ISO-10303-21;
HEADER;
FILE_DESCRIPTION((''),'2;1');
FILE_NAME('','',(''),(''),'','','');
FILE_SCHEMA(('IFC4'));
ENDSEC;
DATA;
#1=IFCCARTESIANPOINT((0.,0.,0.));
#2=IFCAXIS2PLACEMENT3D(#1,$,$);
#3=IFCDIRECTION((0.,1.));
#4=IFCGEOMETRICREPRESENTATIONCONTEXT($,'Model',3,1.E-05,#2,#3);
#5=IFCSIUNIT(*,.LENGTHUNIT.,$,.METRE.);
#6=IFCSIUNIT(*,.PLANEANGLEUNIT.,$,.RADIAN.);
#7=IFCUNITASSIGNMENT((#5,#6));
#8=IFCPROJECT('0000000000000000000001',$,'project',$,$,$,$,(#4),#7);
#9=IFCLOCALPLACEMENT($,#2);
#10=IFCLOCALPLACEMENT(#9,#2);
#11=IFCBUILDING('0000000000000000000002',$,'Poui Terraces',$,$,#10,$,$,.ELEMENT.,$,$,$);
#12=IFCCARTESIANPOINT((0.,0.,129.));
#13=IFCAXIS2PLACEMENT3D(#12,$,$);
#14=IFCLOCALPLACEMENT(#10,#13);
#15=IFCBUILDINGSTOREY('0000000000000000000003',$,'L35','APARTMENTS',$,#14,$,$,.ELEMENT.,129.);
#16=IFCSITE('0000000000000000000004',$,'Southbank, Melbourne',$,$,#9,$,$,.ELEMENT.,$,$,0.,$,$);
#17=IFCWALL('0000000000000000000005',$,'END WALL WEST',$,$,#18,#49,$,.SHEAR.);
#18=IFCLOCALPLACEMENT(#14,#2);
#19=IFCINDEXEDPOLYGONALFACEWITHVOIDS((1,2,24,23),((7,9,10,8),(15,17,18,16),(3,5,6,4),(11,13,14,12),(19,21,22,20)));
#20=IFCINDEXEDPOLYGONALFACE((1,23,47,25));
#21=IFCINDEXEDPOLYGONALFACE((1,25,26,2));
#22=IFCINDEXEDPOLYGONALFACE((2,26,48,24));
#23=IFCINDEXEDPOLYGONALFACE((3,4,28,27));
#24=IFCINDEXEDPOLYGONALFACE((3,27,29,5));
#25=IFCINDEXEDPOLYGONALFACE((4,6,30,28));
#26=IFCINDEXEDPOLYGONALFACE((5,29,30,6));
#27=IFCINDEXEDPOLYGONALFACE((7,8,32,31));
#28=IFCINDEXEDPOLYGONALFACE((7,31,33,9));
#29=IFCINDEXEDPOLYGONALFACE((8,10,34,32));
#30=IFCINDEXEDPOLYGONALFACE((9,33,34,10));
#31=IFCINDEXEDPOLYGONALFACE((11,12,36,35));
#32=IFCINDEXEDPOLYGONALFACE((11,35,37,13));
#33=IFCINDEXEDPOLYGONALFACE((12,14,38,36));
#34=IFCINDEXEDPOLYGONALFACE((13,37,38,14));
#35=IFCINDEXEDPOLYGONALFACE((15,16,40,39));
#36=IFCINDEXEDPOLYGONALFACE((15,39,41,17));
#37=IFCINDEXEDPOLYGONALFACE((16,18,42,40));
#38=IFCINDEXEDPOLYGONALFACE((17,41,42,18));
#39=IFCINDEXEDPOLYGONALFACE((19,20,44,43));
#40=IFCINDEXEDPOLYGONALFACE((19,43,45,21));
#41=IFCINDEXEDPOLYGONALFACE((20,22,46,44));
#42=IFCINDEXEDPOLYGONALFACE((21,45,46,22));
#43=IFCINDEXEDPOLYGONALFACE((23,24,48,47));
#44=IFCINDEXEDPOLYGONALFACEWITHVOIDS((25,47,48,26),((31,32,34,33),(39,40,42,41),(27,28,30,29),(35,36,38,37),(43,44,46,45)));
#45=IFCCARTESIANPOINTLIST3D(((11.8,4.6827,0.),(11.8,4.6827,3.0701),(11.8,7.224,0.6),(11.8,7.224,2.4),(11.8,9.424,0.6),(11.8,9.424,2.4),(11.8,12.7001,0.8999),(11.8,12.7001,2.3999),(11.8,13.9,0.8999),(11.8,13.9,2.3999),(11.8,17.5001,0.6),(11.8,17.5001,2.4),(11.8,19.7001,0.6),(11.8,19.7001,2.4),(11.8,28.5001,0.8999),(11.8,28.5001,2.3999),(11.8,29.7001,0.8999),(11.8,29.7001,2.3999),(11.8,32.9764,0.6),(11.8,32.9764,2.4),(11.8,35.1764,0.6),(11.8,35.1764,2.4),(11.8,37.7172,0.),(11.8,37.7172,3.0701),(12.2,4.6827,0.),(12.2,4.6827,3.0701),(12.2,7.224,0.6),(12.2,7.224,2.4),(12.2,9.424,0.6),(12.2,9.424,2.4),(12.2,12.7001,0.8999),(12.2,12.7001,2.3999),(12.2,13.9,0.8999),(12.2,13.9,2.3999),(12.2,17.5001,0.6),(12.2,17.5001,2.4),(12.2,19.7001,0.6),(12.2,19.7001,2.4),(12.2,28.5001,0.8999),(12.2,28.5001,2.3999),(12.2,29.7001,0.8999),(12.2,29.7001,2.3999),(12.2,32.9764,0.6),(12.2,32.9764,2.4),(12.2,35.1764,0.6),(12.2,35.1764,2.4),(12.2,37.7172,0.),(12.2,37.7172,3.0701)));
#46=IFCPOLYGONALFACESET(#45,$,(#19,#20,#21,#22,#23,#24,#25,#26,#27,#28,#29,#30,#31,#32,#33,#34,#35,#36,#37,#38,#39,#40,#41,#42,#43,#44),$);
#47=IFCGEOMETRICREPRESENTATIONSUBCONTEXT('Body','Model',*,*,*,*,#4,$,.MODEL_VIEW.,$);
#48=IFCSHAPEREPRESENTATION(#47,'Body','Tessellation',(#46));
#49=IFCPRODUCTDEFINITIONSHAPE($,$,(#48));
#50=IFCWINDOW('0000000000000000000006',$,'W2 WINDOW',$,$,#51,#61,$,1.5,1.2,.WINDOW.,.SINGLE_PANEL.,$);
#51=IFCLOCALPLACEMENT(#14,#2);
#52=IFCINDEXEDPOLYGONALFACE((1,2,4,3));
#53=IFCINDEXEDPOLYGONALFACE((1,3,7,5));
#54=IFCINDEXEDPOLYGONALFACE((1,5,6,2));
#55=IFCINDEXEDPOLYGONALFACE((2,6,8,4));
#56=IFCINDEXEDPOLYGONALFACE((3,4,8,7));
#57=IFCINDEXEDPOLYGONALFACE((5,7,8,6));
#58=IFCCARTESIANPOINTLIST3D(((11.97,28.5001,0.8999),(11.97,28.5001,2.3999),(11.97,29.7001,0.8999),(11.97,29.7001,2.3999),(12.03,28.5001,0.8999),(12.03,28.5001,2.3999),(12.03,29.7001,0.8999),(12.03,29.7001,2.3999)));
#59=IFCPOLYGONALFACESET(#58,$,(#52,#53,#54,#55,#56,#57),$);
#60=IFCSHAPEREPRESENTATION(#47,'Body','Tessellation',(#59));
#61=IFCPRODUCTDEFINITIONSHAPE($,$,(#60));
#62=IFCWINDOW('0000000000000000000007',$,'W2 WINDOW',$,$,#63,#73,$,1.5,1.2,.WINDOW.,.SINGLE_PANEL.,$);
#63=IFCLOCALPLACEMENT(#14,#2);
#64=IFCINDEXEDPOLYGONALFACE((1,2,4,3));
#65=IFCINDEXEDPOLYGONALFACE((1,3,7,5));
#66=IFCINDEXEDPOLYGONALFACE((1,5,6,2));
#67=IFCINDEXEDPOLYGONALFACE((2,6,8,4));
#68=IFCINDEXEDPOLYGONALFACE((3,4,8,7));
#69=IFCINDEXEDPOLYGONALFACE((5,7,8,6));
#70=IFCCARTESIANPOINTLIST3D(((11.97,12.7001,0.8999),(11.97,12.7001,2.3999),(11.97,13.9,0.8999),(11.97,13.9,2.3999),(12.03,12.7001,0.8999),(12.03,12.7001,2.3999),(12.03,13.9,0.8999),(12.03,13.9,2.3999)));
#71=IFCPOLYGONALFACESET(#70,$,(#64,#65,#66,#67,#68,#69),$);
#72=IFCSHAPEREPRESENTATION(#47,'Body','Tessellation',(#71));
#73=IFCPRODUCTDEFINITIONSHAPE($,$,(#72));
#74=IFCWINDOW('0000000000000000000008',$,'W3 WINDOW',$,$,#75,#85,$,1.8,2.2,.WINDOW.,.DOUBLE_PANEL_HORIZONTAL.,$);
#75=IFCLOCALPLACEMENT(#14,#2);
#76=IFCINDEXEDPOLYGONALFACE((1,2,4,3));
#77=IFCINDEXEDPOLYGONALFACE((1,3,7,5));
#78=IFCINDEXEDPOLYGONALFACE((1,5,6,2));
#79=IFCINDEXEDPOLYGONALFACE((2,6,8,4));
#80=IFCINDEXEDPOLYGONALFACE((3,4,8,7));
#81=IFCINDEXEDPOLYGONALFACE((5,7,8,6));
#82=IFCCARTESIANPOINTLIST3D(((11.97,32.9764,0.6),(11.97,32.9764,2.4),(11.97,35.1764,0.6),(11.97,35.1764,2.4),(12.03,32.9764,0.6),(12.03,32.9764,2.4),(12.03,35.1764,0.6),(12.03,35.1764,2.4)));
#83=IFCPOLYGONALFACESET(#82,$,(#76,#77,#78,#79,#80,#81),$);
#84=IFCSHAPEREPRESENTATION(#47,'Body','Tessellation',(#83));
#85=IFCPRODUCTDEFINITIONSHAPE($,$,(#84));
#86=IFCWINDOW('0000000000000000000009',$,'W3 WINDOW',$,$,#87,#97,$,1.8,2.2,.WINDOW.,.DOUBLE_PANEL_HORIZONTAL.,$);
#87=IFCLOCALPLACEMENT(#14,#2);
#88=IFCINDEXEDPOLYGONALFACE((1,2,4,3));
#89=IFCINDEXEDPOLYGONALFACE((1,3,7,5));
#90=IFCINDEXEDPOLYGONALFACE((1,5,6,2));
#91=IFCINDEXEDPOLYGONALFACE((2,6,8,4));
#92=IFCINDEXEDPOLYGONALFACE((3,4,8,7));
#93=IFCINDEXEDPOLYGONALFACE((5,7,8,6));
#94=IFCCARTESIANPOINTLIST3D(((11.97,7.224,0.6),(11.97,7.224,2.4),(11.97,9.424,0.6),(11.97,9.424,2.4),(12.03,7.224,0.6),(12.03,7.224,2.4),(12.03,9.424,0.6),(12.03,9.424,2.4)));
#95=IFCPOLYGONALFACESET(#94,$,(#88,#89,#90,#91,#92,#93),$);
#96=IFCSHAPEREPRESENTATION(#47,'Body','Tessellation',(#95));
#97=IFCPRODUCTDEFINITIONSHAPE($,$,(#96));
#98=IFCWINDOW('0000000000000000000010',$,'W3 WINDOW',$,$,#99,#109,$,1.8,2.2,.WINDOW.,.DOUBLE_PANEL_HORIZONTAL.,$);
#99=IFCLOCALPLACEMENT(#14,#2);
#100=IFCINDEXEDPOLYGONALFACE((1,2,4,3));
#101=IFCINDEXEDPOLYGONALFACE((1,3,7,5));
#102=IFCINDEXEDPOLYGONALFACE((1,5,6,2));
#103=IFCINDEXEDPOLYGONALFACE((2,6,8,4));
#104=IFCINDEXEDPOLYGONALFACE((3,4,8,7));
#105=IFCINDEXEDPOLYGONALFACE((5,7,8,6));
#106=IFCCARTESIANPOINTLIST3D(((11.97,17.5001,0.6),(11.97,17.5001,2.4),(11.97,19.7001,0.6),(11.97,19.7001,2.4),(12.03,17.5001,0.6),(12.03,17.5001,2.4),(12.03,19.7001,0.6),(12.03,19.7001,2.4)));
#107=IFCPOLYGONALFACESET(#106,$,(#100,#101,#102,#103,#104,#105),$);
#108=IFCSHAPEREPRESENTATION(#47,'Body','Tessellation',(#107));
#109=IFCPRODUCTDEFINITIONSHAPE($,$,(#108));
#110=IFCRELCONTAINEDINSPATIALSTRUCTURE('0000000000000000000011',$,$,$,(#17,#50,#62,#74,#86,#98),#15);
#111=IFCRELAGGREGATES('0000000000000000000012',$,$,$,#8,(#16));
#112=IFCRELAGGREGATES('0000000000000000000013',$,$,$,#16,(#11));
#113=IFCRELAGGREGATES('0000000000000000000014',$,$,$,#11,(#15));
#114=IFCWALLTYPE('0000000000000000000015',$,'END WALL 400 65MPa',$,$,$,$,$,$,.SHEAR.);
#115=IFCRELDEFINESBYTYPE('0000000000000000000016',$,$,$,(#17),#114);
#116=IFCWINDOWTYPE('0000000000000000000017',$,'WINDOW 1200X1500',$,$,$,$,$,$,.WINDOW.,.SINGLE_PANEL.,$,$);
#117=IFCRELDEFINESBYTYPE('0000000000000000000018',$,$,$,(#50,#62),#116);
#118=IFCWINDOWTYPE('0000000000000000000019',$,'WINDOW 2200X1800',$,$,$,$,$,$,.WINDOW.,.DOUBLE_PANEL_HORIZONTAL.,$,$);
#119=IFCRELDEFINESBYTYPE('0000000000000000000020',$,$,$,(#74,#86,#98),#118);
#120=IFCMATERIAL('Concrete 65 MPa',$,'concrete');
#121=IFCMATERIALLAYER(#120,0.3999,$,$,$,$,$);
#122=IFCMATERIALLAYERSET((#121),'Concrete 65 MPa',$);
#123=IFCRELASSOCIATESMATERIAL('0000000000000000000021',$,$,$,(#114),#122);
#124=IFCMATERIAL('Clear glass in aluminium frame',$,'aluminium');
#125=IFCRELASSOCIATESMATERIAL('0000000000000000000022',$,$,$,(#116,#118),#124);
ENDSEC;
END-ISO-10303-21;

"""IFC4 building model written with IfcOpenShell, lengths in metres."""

from ifc_helpers import new_model, si_unit, direction, frame, frame_2d, origin, place, context, subcontext, project, spatial, rectangle, extrude, material, layer, layer_set, type_object, element, fill, save


model = new_model("IFC4")

# Units and contexts
model_context = context("Model", 3, precision=1e-05, world=origin(), true_north=direction((0.0, 1.0)))
body_context = subcontext(model_context, "Body", "Model", "MODEL_VIEW")
ifc_project = project(units=[si_unit("LENGTHUNIT", "METRE"), si_unit("PLANEANGLEUNIT", "RADIAN")], contexts=[model_context])

# Site, building, storey
site_placement = place(None, origin())
site = spatial("IfcSite", under=ifc_project, at=site_placement, Name="Southbank, Melbourne", CompositionType="ELEMENT", RefElevation=0.0)
building_placement = place(site_placement, origin())
building = spatial("IfcBuilding", under=site, at=building_placement, Name="Poui Terraces", CompositionType="ELEMENT")
storey_placement = place(building_placement, frame((0.0, 0.0, 129.0)))
storey = spatial("IfcBuildingStorey", under=building, at=storey_placement, Name="L35", Description="APARTMENTS", CompositionType="ELEMENT", Elevation=129.0)

# Shared definitions
ifc_material_1 = material(Name="Concrete 65 MPa", Category="concrete")

# Wall, openings, windows
ifc_layer_1 = layer(ifc_material_1, 0.3999)
ifc_layer_set_1 = layer_set([ifc_layer_1], Name="Concrete 65 MPa")
wall_type_1 = type_object("IfcWallType", Name="END WALL 400 65MPa", PredefinedType="SHEAR", material=ifc_layer_set_1)
wall_1_placement = place(storey_placement, frame((12.0, 4.6829, 0.0), z_axis=(0.0, 0.0, 1.0), x_axis=(0.0, 1.0, 0.0)))
wall_1 = element("IfcWall", 1, at=wall_1_placement, inside=storey, type_object=wall_type_1, Name="END WALL WEST", PredefinedType="SHEAR", context=body_context, shape_type="SweptSolid", body=[
    extrude(rectangle(XDim=33.0344, YDim=0.3999, at=frame_2d((16.5171, 0.0))), origin(), (0.0, 0.0, 1.0), 3.0701),
])
opening_1_placement = place(wall_1_placement, frame((23.8171, 0.0, 0.8999)))
opening_1 = element("IfcOpeningElement", 2, at=opening_1_placement, cuts=wall_1, PredefinedType="OPENING", context=body_context, shape_type="SweptSolid", body=[
    extrude(rectangle(XDim=1.2, YDim=1.5, at=frame_2d((0.6001, 0.75))), frame((0.0, 0.21, 0.0), z_axis=(0.0, -1.0, 0.0), x_axis=(1.0, 0.0, 0.0)), (0.0, 0.0, 1.0), 0.4199),
])
opening_2_placement = place(wall_1_placement, frame((8.0171, 0.0, 0.8999)))
opening_2 = element("IfcOpeningElement", 3, at=opening_2_placement, cuts=wall_1, PredefinedType="OPENING", context=body_context, shape_type="SweptSolid", body=[
    extrude(rectangle(XDim=1.2, YDim=1.5, at=frame_2d((0.6001, 0.75))), frame((0.0, 0.21, 0.0), z_axis=(0.0, -1.0, 0.0), x_axis=(1.0, 0.0, 0.0)), (0.0, 0.0, 1.0), 0.4199),
])
opening_3_placement = place(wall_1_placement, frame((28.2935, 0.0, 0.6001)))
opening_3 = element("IfcOpeningElement", 4, at=opening_3_placement, cuts=wall_1, PredefinedType="OPENING", context=body_context, shape_type="SweptSolid", body=[
    extrude(rectangle(XDim=2.2, YDim=1.8, at=frame_2d((1.1001, 0.8999))), frame((0.0, 0.21, 0.0), z_axis=(0.0, -1.0, 0.0), x_axis=(1.0, 0.0, 0.0)), (0.0, 0.0, 1.0), 0.4199),
])
opening_4_placement = place(wall_1_placement, frame((2.541, 0.0, 0.6001)))
opening_4 = element("IfcOpeningElement", 5, at=opening_4_placement, cuts=wall_1, PredefinedType="OPENING", context=body_context, shape_type="SweptSolid", body=[
    extrude(rectangle(XDim=2.2, YDim=1.8, at=frame_2d((1.1001, 0.8999))), frame((0.0, 0.21, 0.0), z_axis=(0.0, -1.0, 0.0), x_axis=(1.0, 0.0, 0.0)), (0.0, 0.0, 1.0), 0.4199),
])
opening_5_placement = place(wall_1_placement, frame((12.8171, 0.0, 0.6001)))
opening_5 = element("IfcOpeningElement", 6, at=opening_5_placement, cuts=wall_1, PredefinedType="OPENING", context=body_context, shape_type="SweptSolid", body=[
    extrude(rectangle(XDim=2.2, YDim=1.8, at=frame_2d((1.1001, 0.8999))), frame((0.0, 0.21, 0.0), z_axis=(0.0, -1.0, 0.0), x_axis=(1.0, 0.0, 0.0)), (0.0, 0.0, 1.0), 0.4199),
])
ifc_material_2 = material(Name="Clear glass in aluminium frame", Category="aluminium")
window_type_1 = type_object("IfcWindowType", Name="WINDOW 1200X1500", PartitioningType="SINGLE_PANEL", PredefinedType="WINDOW", material=ifc_material_2)
window_1_placement = place(opening_1_placement, origin())
window_1 = element("IfcWindow", 7, at=window_1_placement, inside=storey, type_object=window_type_1, Name="W2 WINDOW", OverallHeight=1.5, OverallWidth=1.2, PartitioningType="SINGLE_PANEL", PredefinedType="WINDOW", context=body_context, shape_type="SweptSolid", body=[
    extrude(rectangle(XDim=1.2, YDim=1.5, at=frame_2d((0.6001, 0.75))), frame((0.0, 0.03, 0.0), z_axis=(0.0, -1.0, 0.0), x_axis=(1.0, 0.0, 0.0)), (0.0, 0.0, 1.0), 0.0601),
])
fill(opening_1, window_1)
window_2_placement = place(opening_2_placement, origin())
window_2 = element("IfcWindow", 8, at=window_2_placement, inside=storey, type_object=window_type_1, Name="W2 WINDOW", OverallHeight=1.5, OverallWidth=1.2, PartitioningType="SINGLE_PANEL", PredefinedType="WINDOW", context=body_context, shape_type="SweptSolid", body=[
    extrude(rectangle(XDim=1.2, YDim=1.5, at=frame_2d((0.6001, 0.75))), frame((0.0, 0.03, 0.0), z_axis=(0.0, -1.0, 0.0), x_axis=(1.0, 0.0, 0.0)), (0.0, 0.0, 1.0), 0.0601),
])
fill(opening_2, window_2)
window_type_2 = type_object("IfcWindowType", Name="WINDOW 2200X1800", PartitioningType="DOUBLE_PANEL_HORIZONTAL", PredefinedType="WINDOW", material=ifc_material_2)
window_3_placement = place(opening_3_placement, origin())
window_3 = element("IfcWindow", 9, at=window_3_placement, inside=storey, type_object=window_type_2, Name="W3 WINDOW", OverallHeight=1.8, OverallWidth=2.2, PartitioningType="DOUBLE_PANEL_HORIZONTAL", PredefinedType="WINDOW", context=body_context, shape_type="SweptSolid", body=[
    extrude(rectangle(XDim=2.2, YDim=1.8, at=frame_2d((1.1001, 0.8999))), frame((0.0, 0.03, 0.0), z_axis=(0.0, -1.0, 0.0), x_axis=(1.0, 0.0, 0.0)), (0.0, 0.0, 1.0), 0.0601),
])
fill(opening_3, window_3)
window_4_placement = place(opening_4_placement, origin())
window_4 = element("IfcWindow", 10, at=window_4_placement, inside=storey, type_object=window_type_2, Name="W3 WINDOW", OverallHeight=1.8, OverallWidth=2.2, PartitioningType="DOUBLE_PANEL_HORIZONTAL", PredefinedType="WINDOW", context=body_context, shape_type="SweptSolid", body=[
    extrude(rectangle(XDim=2.2, YDim=1.8, at=frame_2d((1.1001, 0.8999))), frame((0.0, 0.03, 0.0), z_axis=(0.0, -1.0, 0.0), x_axis=(1.0, 0.0, 0.0)), (0.0, 0.0, 1.0), 0.0601),
])
fill(opening_4, window_4)
window_5_placement = place(opening_5_placement, origin())
window_5 = element("IfcWindow", 11, at=window_5_placement, inside=storey, type_object=window_type_2, Name="W3 WINDOW", OverallHeight=1.8, OverallWidth=2.2, PartitioningType="DOUBLE_PANEL_HORIZONTAL", PredefinedType="WINDOW", context=body_context, shape_type="SweptSolid", body=[
    extrude(rectangle(XDim=2.2, YDim=1.8, at=frame_2d((1.1001, 0.8999))), frame((0.0, 0.03, 0.0), z_axis=(0.0, -1.0, 0.0), x_axis=(1.0, 0.0, 0.0)), (0.0, 0.0, 1.0), 0.0601),
])
fill(opening_5, window_5)

save(model, "model.ifc")
